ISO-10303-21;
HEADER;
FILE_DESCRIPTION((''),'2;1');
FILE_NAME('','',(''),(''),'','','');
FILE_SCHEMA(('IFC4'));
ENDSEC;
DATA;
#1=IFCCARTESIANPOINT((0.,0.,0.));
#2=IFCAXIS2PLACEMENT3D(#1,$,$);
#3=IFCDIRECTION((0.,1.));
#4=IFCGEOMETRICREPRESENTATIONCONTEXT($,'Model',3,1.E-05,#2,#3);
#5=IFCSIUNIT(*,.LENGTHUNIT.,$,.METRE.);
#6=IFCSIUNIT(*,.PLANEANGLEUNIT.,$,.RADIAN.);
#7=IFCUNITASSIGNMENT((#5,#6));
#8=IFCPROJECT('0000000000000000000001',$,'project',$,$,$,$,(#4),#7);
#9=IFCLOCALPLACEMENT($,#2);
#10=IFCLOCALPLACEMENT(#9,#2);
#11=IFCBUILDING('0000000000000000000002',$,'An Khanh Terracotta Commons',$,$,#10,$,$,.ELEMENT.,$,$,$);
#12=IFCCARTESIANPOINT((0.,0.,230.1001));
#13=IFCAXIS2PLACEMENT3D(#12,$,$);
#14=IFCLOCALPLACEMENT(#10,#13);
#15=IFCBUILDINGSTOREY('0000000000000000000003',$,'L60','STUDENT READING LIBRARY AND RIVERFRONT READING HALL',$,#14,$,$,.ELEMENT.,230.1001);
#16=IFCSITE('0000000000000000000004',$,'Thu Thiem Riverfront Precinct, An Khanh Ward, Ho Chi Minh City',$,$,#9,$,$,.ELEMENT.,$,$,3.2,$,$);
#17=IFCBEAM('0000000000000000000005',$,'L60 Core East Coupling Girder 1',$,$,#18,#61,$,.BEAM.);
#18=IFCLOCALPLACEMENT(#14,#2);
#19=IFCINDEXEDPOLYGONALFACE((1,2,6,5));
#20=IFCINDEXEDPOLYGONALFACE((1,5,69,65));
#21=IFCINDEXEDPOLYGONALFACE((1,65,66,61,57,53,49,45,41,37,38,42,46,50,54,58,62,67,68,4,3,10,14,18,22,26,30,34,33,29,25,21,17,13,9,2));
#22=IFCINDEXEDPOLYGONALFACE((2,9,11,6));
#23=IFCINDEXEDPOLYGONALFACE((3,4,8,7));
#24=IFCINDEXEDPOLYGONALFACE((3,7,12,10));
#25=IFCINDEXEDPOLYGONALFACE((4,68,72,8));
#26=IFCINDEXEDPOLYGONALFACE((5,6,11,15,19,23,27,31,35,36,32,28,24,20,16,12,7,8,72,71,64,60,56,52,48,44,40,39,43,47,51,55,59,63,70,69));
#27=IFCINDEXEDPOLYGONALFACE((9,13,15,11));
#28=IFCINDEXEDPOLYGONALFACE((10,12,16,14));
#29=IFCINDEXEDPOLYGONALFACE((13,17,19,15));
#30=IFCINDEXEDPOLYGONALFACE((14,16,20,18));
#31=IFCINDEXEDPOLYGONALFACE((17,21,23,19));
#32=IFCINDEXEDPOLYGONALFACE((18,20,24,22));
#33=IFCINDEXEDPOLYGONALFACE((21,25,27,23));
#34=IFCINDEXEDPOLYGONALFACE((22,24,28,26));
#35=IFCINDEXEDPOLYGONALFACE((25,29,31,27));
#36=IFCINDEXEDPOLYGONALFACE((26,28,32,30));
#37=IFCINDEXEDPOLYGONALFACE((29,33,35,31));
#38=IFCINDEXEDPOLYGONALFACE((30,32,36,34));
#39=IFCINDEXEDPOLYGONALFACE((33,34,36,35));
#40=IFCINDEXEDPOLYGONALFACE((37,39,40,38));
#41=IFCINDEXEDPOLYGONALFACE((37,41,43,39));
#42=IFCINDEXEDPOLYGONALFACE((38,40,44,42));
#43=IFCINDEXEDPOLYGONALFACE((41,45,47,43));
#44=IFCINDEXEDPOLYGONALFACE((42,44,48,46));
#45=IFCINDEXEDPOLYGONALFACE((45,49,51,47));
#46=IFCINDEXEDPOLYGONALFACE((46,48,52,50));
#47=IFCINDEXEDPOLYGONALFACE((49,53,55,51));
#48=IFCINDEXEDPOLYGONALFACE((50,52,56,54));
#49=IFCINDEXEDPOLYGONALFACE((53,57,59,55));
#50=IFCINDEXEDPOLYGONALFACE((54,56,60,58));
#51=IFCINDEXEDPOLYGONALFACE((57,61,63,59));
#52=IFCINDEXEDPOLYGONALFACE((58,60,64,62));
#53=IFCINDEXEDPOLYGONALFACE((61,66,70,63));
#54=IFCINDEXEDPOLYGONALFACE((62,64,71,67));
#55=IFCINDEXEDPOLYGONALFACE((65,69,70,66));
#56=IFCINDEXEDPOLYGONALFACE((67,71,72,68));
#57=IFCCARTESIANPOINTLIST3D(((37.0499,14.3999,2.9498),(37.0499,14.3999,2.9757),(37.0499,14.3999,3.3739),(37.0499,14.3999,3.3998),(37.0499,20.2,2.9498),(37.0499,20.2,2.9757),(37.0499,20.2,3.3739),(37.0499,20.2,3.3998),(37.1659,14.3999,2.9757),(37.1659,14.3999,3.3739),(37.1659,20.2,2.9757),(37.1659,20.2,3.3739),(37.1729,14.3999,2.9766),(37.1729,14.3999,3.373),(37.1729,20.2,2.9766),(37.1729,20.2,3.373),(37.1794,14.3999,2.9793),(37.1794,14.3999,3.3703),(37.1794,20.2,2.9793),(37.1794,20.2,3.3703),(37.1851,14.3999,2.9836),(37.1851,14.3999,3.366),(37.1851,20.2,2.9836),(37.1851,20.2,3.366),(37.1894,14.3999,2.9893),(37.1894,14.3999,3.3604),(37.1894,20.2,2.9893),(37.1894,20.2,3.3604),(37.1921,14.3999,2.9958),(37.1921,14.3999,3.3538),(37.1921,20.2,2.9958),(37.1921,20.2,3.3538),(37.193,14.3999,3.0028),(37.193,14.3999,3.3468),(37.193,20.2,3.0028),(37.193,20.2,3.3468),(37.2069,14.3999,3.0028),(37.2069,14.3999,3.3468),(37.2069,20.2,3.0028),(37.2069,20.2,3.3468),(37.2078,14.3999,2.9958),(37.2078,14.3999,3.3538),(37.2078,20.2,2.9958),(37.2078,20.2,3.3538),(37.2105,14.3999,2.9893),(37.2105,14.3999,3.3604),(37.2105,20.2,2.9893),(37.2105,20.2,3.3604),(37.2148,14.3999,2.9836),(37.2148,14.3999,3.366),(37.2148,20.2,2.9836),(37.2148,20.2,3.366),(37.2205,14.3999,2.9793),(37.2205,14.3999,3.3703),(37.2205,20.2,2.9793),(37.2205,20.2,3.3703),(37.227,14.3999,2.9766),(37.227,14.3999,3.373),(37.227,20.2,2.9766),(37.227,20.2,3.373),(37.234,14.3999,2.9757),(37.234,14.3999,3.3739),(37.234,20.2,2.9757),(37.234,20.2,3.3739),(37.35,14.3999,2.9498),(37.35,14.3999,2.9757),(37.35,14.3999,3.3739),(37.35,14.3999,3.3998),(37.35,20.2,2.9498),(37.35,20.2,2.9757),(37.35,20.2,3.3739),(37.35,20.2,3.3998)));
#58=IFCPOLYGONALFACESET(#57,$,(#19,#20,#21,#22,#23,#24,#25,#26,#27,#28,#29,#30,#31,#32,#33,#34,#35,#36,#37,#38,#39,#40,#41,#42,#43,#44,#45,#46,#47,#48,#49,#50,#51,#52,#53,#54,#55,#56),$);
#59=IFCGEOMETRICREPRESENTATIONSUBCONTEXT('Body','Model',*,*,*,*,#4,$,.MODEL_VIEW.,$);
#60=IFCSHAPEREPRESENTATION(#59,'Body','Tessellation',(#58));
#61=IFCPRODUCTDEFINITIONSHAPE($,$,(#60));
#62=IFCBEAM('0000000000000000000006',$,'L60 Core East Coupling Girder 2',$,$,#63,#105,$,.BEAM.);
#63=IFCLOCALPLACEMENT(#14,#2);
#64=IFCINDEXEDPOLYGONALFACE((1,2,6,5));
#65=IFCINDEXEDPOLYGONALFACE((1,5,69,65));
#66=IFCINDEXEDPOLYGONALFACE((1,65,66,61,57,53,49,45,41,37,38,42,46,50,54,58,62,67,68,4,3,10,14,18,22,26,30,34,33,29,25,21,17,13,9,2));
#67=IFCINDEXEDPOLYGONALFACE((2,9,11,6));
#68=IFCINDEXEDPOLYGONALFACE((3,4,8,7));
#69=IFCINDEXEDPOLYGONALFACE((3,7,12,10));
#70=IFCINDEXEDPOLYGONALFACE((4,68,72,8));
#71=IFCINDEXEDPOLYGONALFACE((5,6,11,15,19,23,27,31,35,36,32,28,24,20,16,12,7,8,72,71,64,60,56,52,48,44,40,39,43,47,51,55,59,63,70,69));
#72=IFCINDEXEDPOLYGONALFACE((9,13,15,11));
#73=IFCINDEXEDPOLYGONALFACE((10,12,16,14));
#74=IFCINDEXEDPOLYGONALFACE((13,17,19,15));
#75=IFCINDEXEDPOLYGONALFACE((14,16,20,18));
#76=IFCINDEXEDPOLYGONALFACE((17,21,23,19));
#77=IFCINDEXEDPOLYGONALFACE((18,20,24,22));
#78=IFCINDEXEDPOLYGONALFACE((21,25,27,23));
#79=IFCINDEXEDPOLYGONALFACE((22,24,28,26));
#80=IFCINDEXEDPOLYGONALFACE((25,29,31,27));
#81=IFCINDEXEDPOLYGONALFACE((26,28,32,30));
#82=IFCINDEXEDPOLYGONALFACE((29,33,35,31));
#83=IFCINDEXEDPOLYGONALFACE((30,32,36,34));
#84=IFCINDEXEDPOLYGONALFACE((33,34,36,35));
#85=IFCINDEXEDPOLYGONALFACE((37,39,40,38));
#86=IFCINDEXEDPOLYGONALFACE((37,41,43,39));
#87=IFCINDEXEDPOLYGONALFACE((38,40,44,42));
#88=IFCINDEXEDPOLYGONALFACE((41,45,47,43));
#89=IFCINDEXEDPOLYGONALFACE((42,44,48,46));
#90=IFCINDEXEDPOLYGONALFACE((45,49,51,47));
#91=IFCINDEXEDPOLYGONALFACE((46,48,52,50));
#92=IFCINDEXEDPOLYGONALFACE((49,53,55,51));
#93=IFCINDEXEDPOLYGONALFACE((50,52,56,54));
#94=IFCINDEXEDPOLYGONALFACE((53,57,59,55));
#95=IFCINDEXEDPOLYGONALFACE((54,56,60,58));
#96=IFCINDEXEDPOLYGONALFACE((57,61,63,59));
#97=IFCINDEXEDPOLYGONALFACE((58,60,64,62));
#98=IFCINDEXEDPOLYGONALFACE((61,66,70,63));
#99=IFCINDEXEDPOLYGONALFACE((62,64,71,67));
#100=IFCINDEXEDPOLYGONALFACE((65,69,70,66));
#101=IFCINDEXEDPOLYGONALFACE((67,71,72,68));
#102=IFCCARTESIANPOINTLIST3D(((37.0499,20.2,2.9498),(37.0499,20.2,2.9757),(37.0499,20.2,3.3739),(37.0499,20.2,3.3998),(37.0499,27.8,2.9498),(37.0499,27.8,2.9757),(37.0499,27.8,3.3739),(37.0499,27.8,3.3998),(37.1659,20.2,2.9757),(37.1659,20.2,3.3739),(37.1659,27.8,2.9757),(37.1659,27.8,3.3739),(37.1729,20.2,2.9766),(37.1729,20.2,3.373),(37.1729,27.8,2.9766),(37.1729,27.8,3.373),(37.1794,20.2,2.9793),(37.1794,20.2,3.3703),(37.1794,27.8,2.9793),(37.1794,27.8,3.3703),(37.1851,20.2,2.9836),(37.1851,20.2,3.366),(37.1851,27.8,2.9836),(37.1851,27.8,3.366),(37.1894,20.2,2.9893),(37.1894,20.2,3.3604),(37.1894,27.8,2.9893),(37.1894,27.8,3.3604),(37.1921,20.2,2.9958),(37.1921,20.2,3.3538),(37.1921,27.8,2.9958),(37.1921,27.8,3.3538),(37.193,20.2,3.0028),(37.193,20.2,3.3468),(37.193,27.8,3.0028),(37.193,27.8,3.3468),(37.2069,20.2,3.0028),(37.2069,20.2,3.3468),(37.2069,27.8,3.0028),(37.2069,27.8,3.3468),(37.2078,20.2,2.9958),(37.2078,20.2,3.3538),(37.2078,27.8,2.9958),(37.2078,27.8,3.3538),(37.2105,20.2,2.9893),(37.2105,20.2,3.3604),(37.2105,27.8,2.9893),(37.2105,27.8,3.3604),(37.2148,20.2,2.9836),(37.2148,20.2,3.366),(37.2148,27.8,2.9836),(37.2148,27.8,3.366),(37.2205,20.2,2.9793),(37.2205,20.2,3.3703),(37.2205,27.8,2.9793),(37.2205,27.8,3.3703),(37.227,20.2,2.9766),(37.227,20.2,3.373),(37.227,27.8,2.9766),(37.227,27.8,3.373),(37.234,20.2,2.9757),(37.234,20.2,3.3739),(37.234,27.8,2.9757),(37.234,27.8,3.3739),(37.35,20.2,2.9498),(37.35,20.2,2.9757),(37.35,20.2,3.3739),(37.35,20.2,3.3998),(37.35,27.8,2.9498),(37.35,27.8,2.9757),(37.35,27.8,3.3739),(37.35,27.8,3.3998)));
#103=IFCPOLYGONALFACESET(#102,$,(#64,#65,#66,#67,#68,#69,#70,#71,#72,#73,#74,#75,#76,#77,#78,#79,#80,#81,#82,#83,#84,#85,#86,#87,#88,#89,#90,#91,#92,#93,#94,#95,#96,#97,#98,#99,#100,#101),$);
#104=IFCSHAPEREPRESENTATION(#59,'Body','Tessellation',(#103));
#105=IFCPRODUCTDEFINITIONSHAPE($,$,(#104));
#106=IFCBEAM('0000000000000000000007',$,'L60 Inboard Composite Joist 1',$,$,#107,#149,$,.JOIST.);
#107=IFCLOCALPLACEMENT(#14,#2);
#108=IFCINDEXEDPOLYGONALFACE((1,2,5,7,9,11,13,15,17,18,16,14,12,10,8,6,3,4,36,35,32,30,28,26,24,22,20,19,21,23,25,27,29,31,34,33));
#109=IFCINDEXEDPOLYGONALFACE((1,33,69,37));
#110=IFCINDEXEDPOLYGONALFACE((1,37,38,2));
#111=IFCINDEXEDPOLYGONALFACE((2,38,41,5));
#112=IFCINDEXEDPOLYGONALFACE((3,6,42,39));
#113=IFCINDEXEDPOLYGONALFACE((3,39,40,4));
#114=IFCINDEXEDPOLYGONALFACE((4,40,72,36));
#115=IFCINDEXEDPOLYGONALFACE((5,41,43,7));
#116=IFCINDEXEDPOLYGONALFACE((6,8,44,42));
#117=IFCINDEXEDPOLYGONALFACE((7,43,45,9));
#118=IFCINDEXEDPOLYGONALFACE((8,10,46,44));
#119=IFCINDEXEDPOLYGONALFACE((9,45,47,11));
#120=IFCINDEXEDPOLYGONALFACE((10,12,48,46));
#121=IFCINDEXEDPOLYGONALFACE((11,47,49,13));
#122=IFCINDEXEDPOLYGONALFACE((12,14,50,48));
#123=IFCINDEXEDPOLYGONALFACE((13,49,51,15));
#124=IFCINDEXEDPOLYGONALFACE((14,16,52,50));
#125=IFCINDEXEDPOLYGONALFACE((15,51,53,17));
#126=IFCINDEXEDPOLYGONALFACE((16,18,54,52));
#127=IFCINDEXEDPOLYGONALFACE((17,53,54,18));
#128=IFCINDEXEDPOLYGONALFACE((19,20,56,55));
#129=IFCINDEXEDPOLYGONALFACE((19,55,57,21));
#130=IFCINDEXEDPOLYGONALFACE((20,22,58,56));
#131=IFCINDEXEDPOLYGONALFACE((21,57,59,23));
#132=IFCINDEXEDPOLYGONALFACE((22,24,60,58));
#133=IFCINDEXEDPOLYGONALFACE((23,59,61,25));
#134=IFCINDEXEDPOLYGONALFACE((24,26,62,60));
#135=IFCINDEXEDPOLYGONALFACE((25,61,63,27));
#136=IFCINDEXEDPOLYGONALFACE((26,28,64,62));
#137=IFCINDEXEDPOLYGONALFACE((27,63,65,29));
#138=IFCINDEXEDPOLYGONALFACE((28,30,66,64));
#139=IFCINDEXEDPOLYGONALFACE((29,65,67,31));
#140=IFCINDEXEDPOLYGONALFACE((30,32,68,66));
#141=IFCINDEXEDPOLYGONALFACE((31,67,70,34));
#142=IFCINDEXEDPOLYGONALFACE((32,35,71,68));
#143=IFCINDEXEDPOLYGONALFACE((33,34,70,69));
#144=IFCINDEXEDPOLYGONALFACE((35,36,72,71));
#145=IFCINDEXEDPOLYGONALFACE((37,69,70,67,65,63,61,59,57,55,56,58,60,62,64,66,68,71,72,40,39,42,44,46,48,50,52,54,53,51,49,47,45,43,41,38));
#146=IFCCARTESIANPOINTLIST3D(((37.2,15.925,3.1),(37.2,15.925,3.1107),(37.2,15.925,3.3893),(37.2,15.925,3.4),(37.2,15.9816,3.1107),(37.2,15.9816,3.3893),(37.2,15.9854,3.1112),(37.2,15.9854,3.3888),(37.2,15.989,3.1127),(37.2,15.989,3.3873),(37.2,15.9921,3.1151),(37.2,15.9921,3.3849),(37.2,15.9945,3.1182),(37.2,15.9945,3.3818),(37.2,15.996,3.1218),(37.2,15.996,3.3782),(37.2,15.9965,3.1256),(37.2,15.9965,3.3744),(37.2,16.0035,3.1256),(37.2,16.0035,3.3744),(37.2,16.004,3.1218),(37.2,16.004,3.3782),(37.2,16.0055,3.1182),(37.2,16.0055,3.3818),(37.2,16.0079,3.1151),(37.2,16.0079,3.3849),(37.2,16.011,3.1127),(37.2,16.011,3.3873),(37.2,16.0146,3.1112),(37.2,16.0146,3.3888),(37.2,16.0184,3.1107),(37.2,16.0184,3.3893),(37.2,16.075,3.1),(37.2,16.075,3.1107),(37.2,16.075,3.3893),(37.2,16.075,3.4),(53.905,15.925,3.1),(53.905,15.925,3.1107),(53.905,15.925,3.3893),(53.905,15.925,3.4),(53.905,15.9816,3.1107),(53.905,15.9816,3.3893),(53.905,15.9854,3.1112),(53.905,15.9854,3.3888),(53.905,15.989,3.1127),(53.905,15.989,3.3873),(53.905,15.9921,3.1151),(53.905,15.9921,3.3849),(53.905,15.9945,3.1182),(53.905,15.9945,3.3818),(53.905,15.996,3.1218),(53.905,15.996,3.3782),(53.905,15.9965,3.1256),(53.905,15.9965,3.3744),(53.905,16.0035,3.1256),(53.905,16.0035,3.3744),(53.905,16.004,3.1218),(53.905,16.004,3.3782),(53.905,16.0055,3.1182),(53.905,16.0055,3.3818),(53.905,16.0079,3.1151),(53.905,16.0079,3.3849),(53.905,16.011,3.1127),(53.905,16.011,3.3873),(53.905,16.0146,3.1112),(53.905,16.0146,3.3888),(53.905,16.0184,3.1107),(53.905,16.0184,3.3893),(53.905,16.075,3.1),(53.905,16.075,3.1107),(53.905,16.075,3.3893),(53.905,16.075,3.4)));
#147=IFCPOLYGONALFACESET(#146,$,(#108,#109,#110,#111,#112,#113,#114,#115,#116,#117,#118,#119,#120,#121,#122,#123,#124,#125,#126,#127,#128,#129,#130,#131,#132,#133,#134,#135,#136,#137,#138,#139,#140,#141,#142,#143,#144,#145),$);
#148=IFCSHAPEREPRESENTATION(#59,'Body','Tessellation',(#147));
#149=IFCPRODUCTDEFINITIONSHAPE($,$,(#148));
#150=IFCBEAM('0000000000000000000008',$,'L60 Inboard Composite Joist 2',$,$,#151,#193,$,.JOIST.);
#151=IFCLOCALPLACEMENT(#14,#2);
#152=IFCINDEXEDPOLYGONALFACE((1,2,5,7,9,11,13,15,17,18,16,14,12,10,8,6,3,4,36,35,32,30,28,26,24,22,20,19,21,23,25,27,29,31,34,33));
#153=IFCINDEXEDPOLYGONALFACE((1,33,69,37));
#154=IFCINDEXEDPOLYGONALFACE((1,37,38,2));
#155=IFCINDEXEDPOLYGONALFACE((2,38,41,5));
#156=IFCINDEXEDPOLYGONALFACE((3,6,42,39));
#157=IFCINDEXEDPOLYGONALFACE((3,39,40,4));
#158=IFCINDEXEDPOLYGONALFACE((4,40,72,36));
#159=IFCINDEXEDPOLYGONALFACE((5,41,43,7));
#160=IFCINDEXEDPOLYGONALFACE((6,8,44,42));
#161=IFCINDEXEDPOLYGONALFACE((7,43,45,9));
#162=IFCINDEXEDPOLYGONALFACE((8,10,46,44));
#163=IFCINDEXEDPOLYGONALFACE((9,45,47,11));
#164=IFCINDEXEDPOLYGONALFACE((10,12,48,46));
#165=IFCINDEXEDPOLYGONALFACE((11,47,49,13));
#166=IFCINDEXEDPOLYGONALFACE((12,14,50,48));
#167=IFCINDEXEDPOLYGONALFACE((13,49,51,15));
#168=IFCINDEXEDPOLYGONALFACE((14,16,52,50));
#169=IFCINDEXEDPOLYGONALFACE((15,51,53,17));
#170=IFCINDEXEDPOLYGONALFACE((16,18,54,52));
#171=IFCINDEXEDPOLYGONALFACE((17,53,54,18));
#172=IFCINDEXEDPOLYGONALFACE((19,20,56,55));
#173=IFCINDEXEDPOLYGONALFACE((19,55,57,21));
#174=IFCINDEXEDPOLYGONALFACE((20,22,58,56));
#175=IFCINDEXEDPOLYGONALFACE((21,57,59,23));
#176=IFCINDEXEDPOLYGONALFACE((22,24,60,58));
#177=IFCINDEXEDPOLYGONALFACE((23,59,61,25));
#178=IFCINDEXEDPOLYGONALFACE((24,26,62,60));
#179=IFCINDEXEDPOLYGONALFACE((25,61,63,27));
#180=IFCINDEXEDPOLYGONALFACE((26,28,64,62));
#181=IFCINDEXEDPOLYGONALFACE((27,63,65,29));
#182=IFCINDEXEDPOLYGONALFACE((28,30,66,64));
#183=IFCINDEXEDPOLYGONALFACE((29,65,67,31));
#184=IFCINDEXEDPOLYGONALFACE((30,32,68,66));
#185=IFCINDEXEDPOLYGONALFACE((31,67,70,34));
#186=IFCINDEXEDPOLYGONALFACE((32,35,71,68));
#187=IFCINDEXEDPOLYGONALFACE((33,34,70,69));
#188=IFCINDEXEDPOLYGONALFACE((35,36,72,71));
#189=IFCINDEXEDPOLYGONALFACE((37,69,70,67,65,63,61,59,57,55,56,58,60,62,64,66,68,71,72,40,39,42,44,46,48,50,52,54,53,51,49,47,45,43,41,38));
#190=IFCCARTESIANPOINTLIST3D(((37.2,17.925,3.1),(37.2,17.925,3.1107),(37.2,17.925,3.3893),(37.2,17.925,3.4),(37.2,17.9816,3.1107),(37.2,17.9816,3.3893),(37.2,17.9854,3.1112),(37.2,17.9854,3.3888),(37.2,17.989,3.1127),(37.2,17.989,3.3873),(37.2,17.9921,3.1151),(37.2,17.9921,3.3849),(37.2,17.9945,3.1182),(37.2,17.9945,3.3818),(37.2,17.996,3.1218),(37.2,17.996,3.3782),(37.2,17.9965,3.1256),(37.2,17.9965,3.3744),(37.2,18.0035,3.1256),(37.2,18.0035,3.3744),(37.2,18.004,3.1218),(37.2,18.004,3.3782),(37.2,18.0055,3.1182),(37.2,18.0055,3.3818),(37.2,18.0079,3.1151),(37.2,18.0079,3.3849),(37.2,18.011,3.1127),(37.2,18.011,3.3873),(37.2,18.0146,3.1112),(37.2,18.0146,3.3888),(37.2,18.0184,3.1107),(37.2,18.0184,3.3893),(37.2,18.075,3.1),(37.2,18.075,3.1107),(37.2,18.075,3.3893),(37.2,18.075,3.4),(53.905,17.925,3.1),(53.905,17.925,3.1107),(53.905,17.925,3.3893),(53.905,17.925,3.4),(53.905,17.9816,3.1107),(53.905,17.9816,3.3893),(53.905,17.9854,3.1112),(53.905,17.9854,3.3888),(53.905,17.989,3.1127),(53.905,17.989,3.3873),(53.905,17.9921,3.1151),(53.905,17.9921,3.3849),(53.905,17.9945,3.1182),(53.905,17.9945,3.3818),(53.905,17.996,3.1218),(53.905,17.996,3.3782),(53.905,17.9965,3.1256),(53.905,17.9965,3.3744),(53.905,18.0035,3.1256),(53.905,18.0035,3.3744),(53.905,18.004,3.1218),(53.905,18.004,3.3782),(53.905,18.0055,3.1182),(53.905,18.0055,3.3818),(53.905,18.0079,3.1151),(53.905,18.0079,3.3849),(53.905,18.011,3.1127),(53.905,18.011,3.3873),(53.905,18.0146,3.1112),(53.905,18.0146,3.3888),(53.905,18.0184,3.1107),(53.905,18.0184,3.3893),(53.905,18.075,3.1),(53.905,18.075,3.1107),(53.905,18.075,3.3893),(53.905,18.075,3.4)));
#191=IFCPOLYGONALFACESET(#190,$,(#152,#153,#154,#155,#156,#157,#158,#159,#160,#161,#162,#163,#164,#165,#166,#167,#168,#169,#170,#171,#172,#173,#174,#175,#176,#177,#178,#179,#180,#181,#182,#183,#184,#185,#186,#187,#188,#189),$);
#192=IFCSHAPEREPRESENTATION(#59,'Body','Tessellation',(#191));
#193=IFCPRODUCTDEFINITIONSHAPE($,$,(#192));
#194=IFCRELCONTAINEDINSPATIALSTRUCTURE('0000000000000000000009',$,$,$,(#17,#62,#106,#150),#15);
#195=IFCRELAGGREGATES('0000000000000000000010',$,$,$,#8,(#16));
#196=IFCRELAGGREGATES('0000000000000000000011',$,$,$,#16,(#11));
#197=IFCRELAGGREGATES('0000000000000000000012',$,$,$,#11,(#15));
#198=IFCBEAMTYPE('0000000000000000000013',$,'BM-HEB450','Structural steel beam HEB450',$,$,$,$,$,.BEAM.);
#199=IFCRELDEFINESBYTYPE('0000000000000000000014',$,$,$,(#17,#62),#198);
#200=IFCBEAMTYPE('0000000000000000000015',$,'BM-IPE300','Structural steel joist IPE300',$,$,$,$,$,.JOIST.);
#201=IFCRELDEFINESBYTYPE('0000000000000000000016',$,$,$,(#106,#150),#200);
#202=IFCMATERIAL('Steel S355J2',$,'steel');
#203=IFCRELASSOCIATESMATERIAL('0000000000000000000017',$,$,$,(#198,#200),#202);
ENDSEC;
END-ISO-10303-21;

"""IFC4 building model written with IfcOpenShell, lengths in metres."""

from ifc_helpers import new_model, si_unit, direction, frame, origin, origin_2d, place, context, subcontext, project, spatial, i_section, extrude, material, material_profile, profile_set, type_object, element, save


model = new_model("IFC4")

# Units and contexts
model_context = context("Model", 3, precision=1e-05, world=origin(), true_north=direction((0.0, 1.0)))
body_context = subcontext(model_context, "Body", "Model", "MODEL_VIEW")
ifc_project = project(units=[si_unit("LENGTHUNIT", "METRE"), si_unit("PLANEANGLEUNIT", "RADIAN")], contexts=[model_context])

# Site, building, storey
site_placement = place(None, origin())
site = spatial("IfcSite", under=ifc_project, at=site_placement, Name="Thu Thiem Riverfront Precinct, An Khanh Ward, Ho Chi Minh City", CompositionType="ELEMENT", RefElevation=3.2)
building_placement = place(site_placement, origin())
building = spatial("IfcBuilding", under=site, at=building_placement, Name="An Khanh Terracotta Commons", CompositionType="ELEMENT")
storey_placement = place(building_placement, frame((0.0, 0.0, 230.1001)))
storey = spatial("IfcBuildingStorey", under=building, at=storey_placement, Name="L60", Description="STUDENT READING LIBRARY AND RIVERFRONT READING HALL", CompositionType="ELEMENT", Elevation=230.1001)

# Beams
ifc_material_1 = material(Name="Steel S355J2", Category="steel")
ifc_material_profile_1 = material_profile(ifc_material_1, i_section(OverallWidth=0.3, OverallDepth=0.45, WebThickness=0.0139, FlangeThickness=0.0259, FilletRadius=0.0271, at=origin_2d()), Name="HEB450")
ifc_profile_set_1 = profile_set([ifc_material_profile_1], Name="Steel S355J2")
beam_type_1 = type_object("IfcBeamType", Name="BM-HEB450", Description="Structural steel beam HEB450", PredefinedType="BEAM", material=ifc_profile_set_1)
beam_1_placement = place(storey_placement, frame((37.2, 14.3999, 3.1748), z_axis=(0.0, 1.0, 0.0), x_axis=(-1.0, 0.0, 0.0)))
element("IfcBeam", 1, at=beam_1_placement, inside=storey, type_object=beam_type_1, Name="L60 Core East Coupling Girder 1", PredefinedType="BEAM", context=body_context, shape_type="SweptSolid", body=[
    extrude(i_section(OverallWidth=0.3, OverallDepth=0.45, WebThickness=0.0139, FlangeThickness=0.0259, FilletRadius=0.0271, at=origin_2d()), origin(), (0.0, 0.0, 1.0), 5.8),
])
beam_2_placement = place(storey_placement, frame((37.2, 20.2, 3.1748), z_axis=(0.0, 1.0, 0.0), x_axis=(-1.0, 0.0, 0.0)))
element("IfcBeam", 2, at=beam_2_placement, inside=storey, type_object=beam_type_1, Name="L60 Core East Coupling Girder 2", PredefinedType="BEAM", context=body_context, shape_type="SweptSolid", body=[
    extrude(i_section(OverallWidth=0.3, OverallDepth=0.45, WebThickness=0.0139, FlangeThickness=0.0259, FilletRadius=0.0271, at=origin_2d()), origin(), (0.0, 0.0, 1.0), 7.6001),
])
ifc_material_profile_2 = material_profile(ifc_material_1, i_section(OverallWidth=0.1499, OverallDepth=0.3, WebThickness=0.0071, FlangeThickness=0.0107, FilletRadius=0.0149, at=origin_2d()), Name="IPE300")
ifc_profile_set_2 = profile_set([ifc_material_profile_2], Name="Steel S355J2")
beam_type_2 = type_object("IfcBeamType", Name="BM-IPE300", Description="Structural steel joist IPE300", PredefinedType="JOIST", material=ifc_profile_set_2)
for number, where, z_axis, x_axis, name in (
    (3, (37.2, 16.0, 3.25), (1.0, 0.0, 0.0), (0.0, 1.0, 0.0), "L60 Inboard Composite Joist 1"),
    (4, (37.2, 18.0, 3.25), (1.0, 0.0, 0.0), (0.0, 1.0, 0.0), "L60 Inboard Composite Joist 2"),
):
    element("IfcBeam", number, at=place(storey_placement, frame(where, z_axis=z_axis, x_axis=x_axis)), inside=storey, type_object=beam_type_2, Name=name, PredefinedType="JOIST", context=body_context, shape_type="SweptSolid", body=[
        extrude(i_section(OverallWidth=0.1499, OverallDepth=0.3, WebThickness=0.0071, FlangeThickness=0.0107, FilletRadius=0.0149, at=origin_2d()), origin(), (0.0, 0.0, 1.0), 16.7051),
    ])

save(model, "model.ifc")
